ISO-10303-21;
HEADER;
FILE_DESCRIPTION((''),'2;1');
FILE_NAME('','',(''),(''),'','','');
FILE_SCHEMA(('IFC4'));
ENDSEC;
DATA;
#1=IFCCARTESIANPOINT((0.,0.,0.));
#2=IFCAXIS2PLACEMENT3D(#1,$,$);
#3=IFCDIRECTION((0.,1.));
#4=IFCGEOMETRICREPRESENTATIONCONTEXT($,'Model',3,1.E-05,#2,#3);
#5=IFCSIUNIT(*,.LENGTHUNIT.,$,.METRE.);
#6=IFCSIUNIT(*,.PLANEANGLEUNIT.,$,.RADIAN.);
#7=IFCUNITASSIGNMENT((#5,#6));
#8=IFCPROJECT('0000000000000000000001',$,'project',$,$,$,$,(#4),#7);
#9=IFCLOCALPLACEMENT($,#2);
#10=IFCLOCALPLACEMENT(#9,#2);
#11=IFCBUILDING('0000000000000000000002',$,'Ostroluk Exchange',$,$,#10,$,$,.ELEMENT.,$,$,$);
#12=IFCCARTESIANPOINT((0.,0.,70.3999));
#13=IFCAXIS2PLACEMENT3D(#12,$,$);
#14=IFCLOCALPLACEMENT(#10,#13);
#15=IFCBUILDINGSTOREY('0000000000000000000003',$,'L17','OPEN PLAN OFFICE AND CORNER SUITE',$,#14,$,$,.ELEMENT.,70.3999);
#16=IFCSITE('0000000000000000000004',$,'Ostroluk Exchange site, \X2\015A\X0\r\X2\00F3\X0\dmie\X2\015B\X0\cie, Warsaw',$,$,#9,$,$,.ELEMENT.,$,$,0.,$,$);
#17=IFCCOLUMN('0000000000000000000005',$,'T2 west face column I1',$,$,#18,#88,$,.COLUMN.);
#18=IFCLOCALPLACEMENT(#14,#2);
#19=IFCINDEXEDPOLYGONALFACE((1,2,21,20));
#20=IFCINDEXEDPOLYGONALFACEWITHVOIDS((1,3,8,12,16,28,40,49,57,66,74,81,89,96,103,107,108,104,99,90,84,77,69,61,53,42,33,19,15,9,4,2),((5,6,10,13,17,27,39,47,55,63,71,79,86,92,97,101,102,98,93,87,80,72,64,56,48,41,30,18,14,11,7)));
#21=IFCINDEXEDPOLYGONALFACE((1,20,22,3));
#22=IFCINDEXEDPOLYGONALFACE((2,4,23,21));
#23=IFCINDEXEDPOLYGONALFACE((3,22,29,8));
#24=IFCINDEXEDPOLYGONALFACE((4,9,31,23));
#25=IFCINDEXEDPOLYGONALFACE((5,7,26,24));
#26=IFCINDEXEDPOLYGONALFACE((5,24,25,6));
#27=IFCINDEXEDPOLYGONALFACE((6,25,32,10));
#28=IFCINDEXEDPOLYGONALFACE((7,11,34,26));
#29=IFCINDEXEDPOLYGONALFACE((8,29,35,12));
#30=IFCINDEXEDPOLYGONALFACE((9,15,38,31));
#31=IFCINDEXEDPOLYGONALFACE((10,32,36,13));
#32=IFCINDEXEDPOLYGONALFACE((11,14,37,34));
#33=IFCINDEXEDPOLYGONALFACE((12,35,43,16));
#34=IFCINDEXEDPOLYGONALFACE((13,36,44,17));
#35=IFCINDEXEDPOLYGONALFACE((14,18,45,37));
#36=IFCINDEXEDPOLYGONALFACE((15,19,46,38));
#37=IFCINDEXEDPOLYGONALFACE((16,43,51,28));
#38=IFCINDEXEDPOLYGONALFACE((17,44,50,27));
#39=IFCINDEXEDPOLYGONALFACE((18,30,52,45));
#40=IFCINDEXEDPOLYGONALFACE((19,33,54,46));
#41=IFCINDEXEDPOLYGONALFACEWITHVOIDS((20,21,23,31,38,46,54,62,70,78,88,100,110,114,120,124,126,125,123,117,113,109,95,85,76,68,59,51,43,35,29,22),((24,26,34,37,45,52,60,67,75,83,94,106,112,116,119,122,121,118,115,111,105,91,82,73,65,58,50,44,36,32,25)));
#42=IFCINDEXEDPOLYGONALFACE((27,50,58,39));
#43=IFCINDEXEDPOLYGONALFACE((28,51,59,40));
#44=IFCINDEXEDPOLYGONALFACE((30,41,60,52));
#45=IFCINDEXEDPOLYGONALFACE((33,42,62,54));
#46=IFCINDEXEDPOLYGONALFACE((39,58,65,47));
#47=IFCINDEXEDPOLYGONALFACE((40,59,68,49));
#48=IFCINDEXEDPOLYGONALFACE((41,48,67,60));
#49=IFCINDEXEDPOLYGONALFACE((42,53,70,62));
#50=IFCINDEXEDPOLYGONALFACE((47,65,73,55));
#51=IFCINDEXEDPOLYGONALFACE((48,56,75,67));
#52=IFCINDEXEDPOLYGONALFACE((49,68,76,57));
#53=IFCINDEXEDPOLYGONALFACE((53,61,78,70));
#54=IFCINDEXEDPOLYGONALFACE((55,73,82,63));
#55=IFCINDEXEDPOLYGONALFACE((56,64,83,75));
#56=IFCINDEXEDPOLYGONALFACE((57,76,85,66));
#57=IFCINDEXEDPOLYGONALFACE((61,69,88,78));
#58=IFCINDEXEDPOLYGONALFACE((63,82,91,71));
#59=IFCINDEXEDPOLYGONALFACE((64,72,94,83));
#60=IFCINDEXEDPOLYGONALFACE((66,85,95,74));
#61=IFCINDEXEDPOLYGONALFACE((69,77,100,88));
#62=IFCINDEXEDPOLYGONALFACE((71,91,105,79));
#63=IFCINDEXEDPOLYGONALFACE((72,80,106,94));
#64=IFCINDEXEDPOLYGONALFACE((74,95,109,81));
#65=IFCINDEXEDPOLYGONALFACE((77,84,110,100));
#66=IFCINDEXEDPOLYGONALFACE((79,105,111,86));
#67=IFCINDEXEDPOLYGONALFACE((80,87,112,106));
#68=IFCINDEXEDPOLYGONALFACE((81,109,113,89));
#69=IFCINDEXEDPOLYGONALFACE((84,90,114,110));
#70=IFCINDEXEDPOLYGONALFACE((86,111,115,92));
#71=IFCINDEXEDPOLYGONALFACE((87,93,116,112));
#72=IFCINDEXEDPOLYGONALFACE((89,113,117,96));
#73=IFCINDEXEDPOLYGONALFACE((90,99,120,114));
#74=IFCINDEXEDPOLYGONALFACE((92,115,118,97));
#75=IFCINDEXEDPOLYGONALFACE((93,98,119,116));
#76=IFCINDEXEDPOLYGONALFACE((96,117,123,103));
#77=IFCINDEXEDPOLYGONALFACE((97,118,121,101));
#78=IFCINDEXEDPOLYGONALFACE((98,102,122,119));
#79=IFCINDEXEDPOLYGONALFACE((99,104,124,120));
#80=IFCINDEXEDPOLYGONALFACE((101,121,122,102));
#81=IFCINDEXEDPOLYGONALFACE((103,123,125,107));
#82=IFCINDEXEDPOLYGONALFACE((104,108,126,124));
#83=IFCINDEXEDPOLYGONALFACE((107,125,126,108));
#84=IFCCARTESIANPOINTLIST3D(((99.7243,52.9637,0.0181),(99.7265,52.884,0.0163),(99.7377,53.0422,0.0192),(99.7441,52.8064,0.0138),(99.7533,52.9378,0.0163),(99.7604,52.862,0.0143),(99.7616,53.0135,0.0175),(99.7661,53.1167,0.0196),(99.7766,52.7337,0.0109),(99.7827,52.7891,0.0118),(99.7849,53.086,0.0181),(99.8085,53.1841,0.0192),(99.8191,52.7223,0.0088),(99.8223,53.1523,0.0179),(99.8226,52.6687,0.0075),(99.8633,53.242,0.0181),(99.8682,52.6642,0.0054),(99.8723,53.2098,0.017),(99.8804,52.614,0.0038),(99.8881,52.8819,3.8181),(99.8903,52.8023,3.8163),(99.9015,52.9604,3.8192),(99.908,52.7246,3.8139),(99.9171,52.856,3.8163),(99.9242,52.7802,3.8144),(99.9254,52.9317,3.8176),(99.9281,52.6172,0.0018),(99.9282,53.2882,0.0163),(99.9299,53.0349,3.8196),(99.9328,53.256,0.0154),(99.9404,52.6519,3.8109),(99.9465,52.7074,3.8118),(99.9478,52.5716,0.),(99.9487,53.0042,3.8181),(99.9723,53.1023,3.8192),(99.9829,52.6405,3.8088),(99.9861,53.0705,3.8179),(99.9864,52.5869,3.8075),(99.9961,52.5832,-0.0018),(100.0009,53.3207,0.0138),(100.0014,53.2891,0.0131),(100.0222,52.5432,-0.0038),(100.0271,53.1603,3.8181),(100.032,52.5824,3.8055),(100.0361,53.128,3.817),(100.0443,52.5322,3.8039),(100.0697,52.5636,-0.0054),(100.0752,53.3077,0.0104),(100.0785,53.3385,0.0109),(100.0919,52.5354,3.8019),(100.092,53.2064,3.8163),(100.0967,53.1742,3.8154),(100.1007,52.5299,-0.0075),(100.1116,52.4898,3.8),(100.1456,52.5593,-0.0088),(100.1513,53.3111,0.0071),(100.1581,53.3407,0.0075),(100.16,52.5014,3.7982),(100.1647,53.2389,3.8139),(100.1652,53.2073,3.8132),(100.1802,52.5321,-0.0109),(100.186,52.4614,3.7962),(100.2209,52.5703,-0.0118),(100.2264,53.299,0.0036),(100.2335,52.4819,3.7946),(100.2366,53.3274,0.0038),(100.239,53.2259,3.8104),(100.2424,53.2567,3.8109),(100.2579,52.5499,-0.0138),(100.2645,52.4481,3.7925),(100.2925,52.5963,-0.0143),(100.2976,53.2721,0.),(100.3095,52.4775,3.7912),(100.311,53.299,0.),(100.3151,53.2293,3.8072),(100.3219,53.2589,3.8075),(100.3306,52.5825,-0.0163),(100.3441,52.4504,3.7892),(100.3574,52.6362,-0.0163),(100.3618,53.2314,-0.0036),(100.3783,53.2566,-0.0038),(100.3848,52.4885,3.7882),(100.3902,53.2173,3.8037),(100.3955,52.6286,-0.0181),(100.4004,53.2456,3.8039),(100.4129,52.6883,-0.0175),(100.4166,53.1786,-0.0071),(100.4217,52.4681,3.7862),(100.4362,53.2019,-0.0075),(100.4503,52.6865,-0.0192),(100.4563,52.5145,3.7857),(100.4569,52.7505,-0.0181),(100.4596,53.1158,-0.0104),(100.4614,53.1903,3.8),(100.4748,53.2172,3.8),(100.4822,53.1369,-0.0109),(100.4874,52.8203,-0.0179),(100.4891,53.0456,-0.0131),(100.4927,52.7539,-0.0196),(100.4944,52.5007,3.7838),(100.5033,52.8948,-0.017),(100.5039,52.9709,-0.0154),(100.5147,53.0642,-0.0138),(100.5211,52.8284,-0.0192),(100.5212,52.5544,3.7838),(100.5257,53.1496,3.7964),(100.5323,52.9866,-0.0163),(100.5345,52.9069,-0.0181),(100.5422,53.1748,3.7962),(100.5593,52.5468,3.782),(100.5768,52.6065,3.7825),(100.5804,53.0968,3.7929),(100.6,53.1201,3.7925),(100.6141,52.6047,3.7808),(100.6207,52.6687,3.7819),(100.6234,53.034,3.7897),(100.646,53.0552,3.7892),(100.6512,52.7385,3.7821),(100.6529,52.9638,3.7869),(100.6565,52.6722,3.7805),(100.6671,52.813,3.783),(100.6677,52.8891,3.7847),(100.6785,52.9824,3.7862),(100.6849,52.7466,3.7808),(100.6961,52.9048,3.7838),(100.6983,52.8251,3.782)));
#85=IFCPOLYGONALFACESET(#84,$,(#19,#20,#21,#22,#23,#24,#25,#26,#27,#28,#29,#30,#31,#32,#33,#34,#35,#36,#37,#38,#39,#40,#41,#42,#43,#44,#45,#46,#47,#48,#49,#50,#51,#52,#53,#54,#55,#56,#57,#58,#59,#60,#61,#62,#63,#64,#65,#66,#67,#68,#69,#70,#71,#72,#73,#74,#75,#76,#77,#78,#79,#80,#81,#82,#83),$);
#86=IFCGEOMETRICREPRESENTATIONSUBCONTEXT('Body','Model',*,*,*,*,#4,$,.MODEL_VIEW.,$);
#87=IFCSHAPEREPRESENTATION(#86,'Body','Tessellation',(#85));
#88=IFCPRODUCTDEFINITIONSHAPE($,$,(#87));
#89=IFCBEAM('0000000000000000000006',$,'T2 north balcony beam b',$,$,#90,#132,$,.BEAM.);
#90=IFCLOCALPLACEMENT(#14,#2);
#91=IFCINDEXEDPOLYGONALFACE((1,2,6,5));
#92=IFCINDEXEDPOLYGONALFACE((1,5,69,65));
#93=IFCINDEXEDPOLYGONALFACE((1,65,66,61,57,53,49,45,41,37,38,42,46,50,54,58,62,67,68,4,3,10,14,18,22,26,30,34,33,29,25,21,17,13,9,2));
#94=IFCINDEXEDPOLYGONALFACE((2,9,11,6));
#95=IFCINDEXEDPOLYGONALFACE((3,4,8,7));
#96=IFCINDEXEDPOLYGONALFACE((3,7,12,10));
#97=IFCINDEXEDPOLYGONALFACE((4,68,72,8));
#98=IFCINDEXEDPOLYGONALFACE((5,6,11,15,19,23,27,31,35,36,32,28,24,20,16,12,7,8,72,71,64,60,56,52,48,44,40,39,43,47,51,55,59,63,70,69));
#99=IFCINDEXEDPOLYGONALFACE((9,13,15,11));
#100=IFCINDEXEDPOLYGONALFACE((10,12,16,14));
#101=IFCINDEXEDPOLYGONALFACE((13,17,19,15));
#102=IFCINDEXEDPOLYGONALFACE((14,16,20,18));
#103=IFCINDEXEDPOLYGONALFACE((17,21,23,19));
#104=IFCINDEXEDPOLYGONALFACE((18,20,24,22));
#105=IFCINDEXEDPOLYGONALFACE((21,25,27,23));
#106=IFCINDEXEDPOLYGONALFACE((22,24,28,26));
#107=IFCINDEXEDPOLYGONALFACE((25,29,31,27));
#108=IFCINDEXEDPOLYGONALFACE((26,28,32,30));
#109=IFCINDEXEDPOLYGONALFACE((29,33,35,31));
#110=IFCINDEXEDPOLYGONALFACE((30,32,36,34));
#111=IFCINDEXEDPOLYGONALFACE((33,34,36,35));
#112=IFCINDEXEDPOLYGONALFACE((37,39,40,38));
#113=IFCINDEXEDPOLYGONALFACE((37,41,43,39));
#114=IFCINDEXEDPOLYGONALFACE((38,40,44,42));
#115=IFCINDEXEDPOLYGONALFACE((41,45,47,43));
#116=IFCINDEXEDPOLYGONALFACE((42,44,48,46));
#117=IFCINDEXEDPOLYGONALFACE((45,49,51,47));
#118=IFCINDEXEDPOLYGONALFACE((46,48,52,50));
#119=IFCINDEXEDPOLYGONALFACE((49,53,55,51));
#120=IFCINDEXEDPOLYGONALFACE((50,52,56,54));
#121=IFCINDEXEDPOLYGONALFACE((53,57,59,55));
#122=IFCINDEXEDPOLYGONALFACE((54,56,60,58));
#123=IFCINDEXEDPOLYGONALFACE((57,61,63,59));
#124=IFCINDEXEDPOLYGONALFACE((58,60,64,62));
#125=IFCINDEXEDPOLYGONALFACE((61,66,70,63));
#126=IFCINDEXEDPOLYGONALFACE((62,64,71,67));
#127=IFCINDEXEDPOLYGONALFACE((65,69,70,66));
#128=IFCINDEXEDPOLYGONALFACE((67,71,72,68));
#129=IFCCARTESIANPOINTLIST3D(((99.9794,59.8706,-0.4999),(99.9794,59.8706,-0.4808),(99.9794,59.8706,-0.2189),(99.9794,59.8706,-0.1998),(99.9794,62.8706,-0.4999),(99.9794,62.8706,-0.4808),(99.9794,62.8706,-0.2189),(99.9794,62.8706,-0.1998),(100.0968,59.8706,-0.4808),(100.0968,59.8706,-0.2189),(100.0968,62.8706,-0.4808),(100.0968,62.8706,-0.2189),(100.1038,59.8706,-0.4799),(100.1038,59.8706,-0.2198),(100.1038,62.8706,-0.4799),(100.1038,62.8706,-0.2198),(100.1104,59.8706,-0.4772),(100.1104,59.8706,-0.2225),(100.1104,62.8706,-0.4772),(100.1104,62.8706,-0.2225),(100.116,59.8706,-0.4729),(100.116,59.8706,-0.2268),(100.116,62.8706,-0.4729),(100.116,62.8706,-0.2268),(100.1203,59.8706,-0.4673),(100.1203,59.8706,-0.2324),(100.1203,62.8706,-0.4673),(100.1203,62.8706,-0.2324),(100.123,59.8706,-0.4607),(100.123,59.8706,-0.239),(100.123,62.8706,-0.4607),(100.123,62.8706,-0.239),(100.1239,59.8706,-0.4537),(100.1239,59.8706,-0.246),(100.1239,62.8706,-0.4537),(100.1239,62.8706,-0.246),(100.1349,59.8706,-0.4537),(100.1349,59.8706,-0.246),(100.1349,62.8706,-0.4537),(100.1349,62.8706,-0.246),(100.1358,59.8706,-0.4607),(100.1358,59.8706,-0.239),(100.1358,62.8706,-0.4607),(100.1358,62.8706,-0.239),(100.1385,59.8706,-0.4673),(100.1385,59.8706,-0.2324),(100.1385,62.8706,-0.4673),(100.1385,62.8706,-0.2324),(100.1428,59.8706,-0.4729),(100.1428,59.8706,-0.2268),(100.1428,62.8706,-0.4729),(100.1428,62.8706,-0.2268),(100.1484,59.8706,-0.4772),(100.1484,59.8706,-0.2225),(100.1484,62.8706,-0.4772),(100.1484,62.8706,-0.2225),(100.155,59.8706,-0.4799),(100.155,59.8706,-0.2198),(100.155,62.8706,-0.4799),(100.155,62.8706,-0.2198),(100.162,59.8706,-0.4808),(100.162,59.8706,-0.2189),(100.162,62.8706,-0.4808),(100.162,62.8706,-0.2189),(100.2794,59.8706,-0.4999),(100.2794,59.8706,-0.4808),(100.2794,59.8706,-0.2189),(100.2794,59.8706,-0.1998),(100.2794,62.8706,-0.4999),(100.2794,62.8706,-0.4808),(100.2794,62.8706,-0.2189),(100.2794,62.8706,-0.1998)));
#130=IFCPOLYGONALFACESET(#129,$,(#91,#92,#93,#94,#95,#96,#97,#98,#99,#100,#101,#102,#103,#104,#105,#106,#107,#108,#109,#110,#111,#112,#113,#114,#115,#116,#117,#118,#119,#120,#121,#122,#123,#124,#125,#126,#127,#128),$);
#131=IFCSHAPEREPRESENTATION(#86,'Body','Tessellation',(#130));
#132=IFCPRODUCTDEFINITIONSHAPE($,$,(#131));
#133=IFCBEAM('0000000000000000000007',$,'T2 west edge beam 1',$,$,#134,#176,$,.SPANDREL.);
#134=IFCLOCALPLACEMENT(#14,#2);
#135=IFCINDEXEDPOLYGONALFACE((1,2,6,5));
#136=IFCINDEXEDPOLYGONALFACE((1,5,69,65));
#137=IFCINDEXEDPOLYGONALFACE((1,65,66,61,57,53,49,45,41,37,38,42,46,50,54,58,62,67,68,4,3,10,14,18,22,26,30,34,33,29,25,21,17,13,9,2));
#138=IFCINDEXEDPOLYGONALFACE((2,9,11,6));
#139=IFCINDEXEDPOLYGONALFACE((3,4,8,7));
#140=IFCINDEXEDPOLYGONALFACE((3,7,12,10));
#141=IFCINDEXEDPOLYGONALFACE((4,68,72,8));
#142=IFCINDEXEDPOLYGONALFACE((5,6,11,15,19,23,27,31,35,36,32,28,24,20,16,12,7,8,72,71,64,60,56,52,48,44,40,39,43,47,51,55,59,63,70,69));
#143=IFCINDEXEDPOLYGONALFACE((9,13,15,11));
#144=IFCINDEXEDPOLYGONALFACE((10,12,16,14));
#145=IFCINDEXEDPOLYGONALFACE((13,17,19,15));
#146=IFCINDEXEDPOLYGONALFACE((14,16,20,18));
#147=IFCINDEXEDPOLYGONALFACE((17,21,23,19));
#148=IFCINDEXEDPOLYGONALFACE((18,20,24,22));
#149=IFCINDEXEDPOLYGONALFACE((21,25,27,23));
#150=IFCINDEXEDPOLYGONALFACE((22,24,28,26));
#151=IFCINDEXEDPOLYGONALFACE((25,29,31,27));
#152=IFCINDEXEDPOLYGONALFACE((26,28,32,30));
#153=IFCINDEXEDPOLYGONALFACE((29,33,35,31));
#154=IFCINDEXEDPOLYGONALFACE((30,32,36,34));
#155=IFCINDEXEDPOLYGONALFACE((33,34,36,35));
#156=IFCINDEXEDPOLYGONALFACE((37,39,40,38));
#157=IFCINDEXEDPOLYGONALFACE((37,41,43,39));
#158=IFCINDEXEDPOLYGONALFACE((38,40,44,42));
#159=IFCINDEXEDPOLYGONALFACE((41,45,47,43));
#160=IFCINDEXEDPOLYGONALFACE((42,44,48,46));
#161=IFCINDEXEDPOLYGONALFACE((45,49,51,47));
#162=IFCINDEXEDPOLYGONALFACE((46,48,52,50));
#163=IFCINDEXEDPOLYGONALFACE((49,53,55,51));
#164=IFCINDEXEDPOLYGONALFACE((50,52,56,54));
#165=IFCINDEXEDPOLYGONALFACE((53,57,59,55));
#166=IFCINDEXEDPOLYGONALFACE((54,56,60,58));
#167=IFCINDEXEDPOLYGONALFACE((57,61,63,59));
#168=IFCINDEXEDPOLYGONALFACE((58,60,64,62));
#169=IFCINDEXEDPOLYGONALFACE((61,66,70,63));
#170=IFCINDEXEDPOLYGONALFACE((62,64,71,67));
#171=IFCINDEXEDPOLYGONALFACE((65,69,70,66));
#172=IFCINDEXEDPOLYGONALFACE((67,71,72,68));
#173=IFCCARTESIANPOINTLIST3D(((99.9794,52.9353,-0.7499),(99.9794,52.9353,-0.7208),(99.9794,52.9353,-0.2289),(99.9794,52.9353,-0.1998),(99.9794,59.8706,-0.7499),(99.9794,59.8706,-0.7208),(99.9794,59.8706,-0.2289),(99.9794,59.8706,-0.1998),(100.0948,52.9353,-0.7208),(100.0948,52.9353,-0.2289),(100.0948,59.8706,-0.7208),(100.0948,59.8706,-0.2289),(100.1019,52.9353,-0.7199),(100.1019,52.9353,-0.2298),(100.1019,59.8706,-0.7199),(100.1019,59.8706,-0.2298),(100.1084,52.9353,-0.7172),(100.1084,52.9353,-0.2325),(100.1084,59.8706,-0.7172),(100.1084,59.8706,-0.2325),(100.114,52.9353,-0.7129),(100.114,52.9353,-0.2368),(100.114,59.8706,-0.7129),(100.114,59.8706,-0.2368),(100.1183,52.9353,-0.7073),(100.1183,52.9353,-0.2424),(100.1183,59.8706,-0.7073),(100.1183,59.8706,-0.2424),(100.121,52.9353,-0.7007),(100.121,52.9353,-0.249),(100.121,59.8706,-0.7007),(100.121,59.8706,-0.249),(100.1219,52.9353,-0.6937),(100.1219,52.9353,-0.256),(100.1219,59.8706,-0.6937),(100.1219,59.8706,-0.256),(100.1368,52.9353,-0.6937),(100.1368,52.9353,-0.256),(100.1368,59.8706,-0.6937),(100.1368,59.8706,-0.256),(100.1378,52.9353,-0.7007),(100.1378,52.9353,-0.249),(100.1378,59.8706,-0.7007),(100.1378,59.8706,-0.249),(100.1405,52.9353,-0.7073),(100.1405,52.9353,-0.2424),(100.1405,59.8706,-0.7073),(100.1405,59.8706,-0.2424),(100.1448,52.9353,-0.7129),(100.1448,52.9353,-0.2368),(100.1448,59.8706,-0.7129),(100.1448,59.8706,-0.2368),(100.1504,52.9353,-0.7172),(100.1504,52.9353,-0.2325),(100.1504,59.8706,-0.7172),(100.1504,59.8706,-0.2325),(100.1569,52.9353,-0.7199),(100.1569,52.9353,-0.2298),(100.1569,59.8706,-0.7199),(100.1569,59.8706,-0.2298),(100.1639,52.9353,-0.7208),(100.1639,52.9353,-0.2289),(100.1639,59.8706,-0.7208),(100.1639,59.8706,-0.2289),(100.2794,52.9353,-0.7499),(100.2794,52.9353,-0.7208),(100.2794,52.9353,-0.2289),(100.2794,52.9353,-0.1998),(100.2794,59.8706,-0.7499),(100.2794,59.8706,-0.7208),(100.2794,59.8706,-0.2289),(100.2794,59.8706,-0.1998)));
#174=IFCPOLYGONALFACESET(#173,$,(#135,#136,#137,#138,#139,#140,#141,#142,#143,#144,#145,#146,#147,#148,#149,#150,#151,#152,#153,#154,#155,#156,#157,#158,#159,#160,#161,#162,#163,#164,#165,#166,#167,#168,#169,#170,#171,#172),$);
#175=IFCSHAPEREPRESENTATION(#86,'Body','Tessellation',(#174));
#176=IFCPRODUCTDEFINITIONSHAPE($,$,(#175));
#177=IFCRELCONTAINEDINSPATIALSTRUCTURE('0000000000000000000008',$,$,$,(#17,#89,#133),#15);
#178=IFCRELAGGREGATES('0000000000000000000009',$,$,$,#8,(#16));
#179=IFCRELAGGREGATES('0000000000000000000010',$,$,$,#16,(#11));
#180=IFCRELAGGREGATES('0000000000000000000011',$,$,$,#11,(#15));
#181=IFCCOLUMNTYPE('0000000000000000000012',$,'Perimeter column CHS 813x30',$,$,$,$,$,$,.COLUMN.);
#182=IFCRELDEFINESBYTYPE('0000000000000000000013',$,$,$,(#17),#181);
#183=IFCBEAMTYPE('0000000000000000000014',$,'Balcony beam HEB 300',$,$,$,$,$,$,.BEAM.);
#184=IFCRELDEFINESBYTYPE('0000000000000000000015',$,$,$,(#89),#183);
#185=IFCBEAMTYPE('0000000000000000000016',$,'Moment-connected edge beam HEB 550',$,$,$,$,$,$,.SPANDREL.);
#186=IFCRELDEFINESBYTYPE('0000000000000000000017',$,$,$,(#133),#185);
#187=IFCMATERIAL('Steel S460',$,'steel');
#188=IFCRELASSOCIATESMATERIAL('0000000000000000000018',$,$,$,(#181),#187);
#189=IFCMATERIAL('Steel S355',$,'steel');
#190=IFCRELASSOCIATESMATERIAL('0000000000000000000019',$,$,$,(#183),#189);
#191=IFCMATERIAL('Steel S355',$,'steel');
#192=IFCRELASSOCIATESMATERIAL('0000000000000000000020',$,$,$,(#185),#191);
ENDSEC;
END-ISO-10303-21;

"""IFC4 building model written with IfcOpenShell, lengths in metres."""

from ifc_helpers import new_model, si_unit, direction, frame, origin, origin_2d, place, context, subcontext, project, spatial, hollow_circle, i_section, extrude, material, material_profile, profile_set, type_object, element, save


model = new_model("IFC4")

# Units and contexts
model_context = context("Model", 3, precision=1e-05, world=origin(), true_north=direction((0.0, 1.0)))
body_context = subcontext(model_context, "Body", "Model", "MODEL_VIEW")
ifc_project = project(units=[si_unit("LENGTHUNIT", "METRE"), si_unit("PLANEANGLEUNIT", "RADIAN")], contexts=[model_context])

# Site, building, storey
site_placement = place(None, origin())
site = spatial("IfcSite", under=ifc_project, at=site_placement, Name="Ostroluk Exchange site, Śródmieście, Warsaw", CompositionType="ELEMENT", RefElevation=0.0)
building_placement = place(site_placement, origin())
building = spatial("IfcBuilding", under=site, at=building_placement, Name="Ostroluk Exchange", CompositionType="ELEMENT")
storey_placement = place(building_placement, frame((0.0, 0.0, 70.3999)))
storey = spatial("IfcBuildingStorey", under=building, at=storey_placement, Name="L17", Description="OPEN PLAN OFFICE AND CORNER SUITE", CompositionType="ELEMENT", Elevation=70.3999)

# Column
ifc_material_1 = material(Name="Steel S460", Category="steel")
ifc_material_profile_1 = material_profile(ifc_material_1, hollow_circle(Radius=0.4065, WallThickness=0.03, at=origin_2d()), Name="CHS 813x30")
ifc_profile_set_1 = profile_set([ifc_material_profile_1], Name="Steel S460")
column_type = type_object("IfcColumnType", Name="Perimeter column CHS 813x30", PredefinedType="COLUMN", material=ifc_profile_set_1)
column_placement = place(storey_placement, frame((100.1294, 52.9353, 0.0), z_axis=(0.04306, -0.021498, 0.998841), x_axis=(0.44668, 0.894694, 0.0)))
element("IfcColumn", 1, at=column_placement, inside=storey, type_object=column_type, Name="T2 west face column I1", PredefinedType="COLUMN", context=body_context, shape_type="SweptSolid", body=[
    extrude(hollow_circle(Radius=0.4065, WallThickness=0.03, at=origin_2d()), origin(), (0.0, 0.0, 1.0), 3.8044),
])

# Beams
ifc_material_2 = material(Name="Steel S355", Category="steel")
ifc_material_profile_2 = material_profile(ifc_material_2, i_section(OverallWidth=0.3, OverallDepth=0.3, WebThickness=0.011, FlangeThickness=0.019, FilletRadius=0.0271, at=origin_2d()), Name="HEB 300")
ifc_profile_set_2 = profile_set([ifc_material_profile_2], Name="Steel S355")
beam_type_1 = type_object("IfcBeamType", Name="Balcony beam HEB 300", PredefinedType="BEAM", material=ifc_profile_set_2)
beam_placement = place(storey_placement, frame((100.1294, 59.8706, -0.3499), z_axis=(0.0, 1.0, 0.0), x_axis=(-1.0, 0.0, 0.0)))
element("IfcBeam", 2, at=beam_placement, inside=storey, type_object=beam_type_1, Name="T2 north balcony beam b", PredefinedType="BEAM", context=body_context, shape_type="SweptSolid", body=[
    extrude(i_section(OverallWidth=0.3, OverallDepth=0.3, WebThickness=0.011, FlangeThickness=0.019, FilletRadius=0.0271, at=origin_2d()), origin(), (0.0, 0.0, 1.0), 3.0),
])
ifc_material_3 = material(Name="Steel S355", Category="steel")
ifc_material_profile_3 = material_profile(ifc_material_3, i_section(OverallWidth=0.3, OverallDepth=0.55, WebThickness=0.0149, FlangeThickness=0.0291, FilletRadius=0.0271, at=origin_2d()), Name="HEB 550")
ifc_profile_set_3 = profile_set([ifc_material_profile_3], Name="Steel S355")
beam_type_2 = type_object("IfcBeamType", Name="Moment-connected edge beam HEB 550", PredefinedType="SPANDREL", material=ifc_profile_set_3)
for number, where, z_axis, x_axis, name in (
    (3, (100.1294, 59.8706, -0.4749), (0.0, -1.0, 0.0), (1.0, 0.0, 0.0), "T2 west edge beam 1"),
):
    element("IfcBeam", number, at=place(storey_placement, frame(where, z_axis=z_axis, x_axis=x_axis)), inside=storey, type_object=beam_type_2, Name=name, PredefinedType="SPANDREL", context=body_context, shape_type="SweptSolid", body=[
        extrude(i_section(OverallWidth=0.3, OverallDepth=0.55, WebThickness=0.0149, FlangeThickness=0.0291, FilletRadius=0.0271, at=origin_2d()), origin(), (0.0, 0.0, 1.0), 6.9353),
    ])

save(model, "model.ifc")
